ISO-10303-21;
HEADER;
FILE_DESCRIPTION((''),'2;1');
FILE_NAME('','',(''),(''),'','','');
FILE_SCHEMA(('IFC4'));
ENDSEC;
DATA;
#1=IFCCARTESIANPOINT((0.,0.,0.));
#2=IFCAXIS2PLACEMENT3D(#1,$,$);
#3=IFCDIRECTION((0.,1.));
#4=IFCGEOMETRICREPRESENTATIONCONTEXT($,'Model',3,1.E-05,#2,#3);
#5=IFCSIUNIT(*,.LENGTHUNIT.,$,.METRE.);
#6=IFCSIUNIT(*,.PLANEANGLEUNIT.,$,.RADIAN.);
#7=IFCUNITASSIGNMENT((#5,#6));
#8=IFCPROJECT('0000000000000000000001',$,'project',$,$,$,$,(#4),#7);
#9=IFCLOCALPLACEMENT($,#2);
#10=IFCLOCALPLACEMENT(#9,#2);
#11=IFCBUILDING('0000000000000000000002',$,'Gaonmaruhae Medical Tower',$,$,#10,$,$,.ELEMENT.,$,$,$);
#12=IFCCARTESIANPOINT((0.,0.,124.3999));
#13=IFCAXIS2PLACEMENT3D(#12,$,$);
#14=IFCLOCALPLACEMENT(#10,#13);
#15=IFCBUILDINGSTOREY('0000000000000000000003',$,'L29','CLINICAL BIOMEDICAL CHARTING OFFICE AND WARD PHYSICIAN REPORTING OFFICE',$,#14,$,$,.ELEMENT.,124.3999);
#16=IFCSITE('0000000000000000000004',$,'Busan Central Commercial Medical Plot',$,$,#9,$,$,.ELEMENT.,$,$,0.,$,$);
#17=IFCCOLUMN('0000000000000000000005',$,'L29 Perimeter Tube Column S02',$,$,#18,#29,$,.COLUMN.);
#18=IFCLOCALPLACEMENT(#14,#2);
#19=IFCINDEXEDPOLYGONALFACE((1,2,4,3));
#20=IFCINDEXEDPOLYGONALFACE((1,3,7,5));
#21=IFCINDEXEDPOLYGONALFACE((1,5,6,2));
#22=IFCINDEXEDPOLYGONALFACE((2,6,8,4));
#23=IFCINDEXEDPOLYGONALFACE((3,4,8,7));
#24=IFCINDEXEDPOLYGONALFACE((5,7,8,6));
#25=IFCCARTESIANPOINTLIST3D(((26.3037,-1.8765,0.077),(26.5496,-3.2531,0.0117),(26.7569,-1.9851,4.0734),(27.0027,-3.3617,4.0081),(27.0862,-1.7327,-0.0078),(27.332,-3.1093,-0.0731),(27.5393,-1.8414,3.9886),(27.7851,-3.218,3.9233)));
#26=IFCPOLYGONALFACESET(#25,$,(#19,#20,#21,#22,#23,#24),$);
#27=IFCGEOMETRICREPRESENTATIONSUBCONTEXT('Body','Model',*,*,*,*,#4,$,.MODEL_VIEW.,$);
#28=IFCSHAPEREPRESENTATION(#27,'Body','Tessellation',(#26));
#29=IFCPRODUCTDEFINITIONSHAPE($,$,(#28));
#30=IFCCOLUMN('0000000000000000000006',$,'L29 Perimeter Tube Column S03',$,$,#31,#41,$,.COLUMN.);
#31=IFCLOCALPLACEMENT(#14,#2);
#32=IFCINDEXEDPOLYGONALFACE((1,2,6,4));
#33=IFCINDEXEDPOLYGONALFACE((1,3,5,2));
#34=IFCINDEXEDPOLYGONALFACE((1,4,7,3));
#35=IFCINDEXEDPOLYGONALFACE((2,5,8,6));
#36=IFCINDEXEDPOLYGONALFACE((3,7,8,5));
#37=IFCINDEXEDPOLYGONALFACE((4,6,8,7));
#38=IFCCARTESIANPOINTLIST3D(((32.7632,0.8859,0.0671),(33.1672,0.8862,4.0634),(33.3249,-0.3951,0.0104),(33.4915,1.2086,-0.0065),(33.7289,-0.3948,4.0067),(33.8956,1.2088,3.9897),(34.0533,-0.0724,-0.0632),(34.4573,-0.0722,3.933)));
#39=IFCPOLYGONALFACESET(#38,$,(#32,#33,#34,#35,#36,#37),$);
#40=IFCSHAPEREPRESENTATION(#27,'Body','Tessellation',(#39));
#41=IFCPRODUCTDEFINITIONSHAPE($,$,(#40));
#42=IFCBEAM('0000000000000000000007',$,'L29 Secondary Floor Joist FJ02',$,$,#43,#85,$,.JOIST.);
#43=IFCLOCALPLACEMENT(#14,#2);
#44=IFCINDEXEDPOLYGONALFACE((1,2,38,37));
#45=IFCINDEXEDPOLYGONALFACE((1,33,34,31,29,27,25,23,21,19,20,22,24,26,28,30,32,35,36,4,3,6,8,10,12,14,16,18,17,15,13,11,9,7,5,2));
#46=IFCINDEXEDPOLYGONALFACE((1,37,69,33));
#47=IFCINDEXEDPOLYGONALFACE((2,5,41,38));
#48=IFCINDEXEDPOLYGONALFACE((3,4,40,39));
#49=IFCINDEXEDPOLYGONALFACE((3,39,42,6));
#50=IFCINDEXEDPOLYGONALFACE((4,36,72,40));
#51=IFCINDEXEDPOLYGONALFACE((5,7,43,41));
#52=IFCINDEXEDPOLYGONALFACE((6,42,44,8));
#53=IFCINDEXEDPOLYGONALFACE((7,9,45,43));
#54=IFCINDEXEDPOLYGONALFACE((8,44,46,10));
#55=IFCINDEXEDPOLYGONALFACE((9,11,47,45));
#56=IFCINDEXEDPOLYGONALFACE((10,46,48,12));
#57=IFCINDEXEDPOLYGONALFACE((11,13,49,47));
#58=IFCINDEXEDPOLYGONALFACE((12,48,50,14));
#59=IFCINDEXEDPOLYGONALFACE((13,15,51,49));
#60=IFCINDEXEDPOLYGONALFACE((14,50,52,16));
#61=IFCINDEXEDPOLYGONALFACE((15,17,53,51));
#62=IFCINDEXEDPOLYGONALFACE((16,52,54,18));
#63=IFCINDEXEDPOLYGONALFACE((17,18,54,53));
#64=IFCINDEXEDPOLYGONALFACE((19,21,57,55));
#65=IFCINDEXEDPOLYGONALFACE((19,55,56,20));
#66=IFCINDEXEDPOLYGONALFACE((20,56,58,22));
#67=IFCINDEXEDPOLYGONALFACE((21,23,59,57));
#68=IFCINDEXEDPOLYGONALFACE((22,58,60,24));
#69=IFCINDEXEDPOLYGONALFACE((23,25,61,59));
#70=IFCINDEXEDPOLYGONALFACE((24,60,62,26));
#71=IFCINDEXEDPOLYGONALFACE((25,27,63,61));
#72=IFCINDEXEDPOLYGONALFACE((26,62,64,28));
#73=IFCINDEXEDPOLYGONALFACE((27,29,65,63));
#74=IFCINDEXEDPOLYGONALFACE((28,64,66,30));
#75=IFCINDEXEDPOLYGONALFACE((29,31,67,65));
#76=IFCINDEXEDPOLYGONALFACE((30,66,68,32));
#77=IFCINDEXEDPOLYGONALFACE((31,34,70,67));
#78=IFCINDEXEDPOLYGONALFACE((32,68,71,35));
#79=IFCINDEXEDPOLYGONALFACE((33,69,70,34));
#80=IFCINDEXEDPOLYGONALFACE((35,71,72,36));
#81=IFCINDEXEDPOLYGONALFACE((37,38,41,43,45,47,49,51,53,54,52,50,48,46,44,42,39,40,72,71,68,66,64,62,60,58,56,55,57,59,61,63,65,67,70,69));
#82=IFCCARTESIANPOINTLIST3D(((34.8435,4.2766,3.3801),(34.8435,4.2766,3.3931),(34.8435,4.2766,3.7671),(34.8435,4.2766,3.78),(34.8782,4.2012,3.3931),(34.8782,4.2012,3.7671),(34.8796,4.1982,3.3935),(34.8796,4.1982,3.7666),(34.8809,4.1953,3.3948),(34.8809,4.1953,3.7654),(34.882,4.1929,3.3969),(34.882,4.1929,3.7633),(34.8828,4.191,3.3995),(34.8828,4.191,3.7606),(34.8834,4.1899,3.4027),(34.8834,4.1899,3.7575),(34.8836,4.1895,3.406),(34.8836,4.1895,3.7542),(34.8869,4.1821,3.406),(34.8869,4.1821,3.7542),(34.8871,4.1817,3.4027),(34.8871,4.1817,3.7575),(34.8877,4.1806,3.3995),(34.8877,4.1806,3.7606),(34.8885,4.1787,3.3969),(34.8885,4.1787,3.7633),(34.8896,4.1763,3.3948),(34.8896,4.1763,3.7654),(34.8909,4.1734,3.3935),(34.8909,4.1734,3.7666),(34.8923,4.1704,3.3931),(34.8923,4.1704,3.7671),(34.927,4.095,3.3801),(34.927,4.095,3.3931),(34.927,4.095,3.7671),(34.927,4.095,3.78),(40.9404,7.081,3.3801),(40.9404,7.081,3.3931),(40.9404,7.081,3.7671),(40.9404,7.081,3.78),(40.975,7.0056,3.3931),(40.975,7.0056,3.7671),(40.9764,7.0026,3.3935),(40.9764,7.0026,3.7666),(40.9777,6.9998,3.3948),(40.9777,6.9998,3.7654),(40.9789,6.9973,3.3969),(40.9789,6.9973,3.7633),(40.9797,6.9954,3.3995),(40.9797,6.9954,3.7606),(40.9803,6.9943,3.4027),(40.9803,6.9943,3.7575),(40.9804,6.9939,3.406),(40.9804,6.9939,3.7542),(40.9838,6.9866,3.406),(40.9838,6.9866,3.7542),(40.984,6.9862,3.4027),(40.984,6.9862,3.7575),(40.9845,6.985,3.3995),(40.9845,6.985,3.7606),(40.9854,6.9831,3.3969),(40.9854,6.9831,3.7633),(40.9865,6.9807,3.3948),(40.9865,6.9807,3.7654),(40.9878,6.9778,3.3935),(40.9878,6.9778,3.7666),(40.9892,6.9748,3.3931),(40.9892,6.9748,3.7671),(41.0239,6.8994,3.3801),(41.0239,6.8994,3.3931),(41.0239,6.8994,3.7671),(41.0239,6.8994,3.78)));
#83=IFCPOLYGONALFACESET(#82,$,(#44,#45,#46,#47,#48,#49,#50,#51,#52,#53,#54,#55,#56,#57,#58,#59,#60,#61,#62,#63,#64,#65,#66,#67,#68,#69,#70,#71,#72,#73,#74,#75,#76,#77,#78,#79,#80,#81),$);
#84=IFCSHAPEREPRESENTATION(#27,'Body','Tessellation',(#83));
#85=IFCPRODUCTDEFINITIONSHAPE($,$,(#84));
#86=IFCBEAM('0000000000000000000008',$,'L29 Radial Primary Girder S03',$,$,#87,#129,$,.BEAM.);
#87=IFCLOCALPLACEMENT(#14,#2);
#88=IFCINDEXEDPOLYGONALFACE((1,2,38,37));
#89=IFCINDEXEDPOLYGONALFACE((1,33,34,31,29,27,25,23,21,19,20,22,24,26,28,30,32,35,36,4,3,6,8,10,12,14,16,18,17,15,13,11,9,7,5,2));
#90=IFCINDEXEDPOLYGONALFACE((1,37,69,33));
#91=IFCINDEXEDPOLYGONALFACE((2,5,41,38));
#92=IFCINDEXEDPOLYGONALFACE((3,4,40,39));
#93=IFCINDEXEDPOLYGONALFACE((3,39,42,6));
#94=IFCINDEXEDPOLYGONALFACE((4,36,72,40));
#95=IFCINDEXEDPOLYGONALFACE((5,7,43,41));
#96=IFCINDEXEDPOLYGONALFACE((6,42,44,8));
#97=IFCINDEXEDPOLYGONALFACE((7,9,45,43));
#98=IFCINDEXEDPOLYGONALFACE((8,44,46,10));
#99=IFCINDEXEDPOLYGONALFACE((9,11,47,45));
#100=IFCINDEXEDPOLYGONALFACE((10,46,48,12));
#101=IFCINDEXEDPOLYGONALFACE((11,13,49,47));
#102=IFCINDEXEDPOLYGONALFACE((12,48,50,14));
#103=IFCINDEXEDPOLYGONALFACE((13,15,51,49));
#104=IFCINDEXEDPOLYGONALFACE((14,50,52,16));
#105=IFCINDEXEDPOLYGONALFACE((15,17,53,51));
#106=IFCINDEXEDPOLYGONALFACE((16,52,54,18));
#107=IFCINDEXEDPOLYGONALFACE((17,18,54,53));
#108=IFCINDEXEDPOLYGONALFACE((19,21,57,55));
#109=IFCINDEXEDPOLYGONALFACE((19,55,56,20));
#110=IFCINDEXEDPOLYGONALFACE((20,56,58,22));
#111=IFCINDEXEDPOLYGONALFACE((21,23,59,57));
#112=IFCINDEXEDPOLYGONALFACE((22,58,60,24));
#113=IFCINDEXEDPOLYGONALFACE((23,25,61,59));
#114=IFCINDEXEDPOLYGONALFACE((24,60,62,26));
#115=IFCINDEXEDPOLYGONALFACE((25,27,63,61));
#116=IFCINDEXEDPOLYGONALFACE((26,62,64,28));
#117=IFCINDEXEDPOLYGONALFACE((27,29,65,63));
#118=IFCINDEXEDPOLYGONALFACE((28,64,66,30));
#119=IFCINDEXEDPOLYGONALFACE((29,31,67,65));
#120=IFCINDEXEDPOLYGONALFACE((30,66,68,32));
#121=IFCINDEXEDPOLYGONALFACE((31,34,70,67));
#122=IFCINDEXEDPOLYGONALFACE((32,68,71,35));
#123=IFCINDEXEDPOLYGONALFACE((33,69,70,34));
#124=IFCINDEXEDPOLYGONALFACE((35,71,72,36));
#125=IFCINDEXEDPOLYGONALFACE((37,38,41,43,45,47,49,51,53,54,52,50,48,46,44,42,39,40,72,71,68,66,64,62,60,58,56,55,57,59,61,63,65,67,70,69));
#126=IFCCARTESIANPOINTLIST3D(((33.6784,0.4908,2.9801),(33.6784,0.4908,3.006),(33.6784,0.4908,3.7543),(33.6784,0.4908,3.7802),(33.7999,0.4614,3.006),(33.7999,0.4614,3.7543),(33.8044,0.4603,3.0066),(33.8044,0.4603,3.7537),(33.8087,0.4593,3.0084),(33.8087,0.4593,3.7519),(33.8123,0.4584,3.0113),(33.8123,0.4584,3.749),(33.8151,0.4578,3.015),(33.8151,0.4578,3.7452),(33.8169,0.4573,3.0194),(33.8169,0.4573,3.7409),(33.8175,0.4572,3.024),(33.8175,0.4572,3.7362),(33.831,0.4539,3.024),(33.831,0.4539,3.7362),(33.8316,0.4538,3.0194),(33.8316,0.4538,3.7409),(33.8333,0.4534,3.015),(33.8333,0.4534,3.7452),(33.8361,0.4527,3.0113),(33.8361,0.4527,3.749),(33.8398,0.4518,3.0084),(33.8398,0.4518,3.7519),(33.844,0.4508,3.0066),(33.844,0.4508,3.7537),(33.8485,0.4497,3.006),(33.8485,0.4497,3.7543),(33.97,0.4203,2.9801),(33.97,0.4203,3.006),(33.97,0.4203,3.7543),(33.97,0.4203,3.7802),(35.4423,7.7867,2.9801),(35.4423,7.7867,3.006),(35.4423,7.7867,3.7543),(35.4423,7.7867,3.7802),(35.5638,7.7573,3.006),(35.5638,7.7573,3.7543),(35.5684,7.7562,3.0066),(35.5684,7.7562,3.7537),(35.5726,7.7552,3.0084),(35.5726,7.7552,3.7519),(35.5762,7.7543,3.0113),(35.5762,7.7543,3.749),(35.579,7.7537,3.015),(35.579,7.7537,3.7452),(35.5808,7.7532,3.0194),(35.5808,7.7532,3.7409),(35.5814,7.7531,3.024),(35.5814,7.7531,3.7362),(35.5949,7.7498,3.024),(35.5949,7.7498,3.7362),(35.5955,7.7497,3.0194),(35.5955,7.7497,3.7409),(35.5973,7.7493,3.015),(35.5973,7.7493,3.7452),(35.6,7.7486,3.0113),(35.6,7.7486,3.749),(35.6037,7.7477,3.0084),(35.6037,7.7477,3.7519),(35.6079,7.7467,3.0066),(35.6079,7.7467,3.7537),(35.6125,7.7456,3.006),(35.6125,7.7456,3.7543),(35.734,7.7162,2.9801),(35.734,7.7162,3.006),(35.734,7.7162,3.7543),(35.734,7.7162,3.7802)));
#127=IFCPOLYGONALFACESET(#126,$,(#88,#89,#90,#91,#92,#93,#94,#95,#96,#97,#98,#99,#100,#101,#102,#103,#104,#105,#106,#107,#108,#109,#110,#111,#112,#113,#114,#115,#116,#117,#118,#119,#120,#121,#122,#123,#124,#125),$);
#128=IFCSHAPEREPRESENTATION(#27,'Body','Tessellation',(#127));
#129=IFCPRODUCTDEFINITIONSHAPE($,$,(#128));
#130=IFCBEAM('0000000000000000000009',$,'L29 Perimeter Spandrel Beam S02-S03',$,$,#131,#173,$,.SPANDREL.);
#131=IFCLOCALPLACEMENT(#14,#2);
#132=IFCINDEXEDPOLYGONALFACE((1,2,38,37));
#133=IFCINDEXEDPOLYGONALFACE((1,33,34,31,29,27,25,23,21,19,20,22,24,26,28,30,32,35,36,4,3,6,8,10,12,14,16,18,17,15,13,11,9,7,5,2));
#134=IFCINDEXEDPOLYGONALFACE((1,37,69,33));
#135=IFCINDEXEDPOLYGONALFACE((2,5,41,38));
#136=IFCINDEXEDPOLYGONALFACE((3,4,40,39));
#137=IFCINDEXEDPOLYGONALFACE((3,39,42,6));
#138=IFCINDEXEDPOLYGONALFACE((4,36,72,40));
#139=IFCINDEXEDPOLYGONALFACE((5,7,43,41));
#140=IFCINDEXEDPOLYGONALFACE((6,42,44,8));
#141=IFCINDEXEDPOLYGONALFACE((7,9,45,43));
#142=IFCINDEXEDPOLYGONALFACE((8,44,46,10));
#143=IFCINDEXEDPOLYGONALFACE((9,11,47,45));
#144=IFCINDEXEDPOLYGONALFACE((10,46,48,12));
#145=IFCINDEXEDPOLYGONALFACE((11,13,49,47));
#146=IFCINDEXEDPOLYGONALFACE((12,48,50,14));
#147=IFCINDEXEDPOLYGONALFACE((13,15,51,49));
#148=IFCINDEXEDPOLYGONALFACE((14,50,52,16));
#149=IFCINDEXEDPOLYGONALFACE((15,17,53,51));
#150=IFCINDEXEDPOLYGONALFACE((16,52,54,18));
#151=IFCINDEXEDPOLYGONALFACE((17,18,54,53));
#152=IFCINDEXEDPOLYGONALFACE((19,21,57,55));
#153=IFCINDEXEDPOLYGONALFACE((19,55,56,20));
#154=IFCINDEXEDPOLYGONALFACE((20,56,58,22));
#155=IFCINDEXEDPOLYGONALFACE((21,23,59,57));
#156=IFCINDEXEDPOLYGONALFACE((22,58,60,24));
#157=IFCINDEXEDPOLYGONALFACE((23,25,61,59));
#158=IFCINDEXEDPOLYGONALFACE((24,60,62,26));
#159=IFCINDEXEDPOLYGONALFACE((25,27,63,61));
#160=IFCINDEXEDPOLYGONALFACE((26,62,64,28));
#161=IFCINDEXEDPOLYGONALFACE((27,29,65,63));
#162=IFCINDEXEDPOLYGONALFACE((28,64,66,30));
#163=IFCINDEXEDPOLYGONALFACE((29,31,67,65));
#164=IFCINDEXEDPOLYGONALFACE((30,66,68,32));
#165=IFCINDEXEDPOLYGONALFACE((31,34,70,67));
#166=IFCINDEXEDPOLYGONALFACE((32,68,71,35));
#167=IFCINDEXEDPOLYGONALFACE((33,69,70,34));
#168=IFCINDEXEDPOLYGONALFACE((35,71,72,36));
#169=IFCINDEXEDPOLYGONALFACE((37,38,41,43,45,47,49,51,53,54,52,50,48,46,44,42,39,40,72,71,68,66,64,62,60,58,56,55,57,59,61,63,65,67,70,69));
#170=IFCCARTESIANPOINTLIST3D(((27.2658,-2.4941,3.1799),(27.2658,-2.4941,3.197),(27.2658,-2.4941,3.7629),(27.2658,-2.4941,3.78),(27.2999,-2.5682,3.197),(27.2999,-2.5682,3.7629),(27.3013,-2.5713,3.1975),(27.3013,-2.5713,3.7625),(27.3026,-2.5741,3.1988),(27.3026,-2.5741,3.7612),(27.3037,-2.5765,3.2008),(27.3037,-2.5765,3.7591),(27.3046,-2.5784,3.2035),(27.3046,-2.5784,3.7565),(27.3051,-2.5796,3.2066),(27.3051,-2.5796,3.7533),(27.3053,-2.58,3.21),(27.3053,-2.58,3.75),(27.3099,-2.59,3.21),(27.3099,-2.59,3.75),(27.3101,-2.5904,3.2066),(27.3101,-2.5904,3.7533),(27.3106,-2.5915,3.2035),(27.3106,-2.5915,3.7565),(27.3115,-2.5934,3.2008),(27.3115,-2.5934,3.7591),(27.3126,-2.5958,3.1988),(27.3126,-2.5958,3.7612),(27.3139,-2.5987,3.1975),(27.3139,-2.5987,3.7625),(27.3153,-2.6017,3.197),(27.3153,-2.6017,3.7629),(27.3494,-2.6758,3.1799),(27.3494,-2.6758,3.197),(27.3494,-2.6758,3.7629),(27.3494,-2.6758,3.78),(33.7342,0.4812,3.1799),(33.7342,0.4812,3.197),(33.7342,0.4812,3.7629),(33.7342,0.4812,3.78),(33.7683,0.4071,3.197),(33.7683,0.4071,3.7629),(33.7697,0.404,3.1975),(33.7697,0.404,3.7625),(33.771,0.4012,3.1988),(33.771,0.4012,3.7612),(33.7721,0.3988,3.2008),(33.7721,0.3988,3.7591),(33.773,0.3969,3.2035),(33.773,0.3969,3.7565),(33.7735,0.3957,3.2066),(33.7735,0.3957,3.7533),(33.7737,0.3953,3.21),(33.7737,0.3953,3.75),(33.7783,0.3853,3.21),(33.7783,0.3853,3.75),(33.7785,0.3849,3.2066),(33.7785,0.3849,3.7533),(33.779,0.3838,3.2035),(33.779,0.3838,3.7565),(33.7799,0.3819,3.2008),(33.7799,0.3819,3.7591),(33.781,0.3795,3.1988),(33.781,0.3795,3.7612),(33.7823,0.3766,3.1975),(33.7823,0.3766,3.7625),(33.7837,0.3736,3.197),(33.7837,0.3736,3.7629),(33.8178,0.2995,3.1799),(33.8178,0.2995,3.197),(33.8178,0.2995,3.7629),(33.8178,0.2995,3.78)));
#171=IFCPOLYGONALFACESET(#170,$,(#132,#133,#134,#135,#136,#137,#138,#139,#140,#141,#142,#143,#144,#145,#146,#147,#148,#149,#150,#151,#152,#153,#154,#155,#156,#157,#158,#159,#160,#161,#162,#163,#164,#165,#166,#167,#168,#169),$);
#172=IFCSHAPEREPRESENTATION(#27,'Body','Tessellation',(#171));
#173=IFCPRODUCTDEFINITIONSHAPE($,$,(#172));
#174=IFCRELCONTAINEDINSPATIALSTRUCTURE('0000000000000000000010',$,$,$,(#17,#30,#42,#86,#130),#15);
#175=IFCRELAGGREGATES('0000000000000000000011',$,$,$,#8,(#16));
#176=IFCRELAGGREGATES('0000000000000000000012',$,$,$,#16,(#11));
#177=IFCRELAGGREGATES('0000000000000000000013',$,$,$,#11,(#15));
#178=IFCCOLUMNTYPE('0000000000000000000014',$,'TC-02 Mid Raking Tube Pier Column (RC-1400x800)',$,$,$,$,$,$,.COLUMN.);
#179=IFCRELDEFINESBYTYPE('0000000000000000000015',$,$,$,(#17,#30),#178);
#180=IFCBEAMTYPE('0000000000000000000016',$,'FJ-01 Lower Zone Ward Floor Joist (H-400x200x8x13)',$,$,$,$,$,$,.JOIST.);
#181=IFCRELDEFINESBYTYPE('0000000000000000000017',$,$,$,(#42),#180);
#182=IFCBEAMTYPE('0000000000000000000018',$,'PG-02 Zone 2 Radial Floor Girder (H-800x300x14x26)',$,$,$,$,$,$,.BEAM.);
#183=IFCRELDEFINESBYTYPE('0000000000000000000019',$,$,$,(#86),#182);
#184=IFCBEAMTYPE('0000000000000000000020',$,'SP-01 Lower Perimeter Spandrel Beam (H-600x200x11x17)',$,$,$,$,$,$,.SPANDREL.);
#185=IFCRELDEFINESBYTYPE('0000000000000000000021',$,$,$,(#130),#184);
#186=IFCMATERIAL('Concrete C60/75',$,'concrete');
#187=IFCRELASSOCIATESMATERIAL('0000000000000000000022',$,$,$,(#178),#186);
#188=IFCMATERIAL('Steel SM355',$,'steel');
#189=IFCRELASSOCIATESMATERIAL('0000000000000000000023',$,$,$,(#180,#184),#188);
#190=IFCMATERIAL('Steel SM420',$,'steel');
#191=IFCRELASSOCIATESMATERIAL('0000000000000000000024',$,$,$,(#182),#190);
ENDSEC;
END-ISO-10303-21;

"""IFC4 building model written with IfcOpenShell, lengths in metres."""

from ifc_helpers import new_model, si_unit, direction, frame, origin, origin_2d, place, context, subcontext, project, spatial, rectangle, i_section, extrude, material, material_profile, profile_set, type_object, element, save


model = new_model("IFC4")

# Units and contexts
model_context = context("Model", 3, precision=1e-05, world=origin(), true_north=direction((0.0, 1.0)))
body_context = subcontext(model_context, "Body", "Model", "MODEL_VIEW")
ifc_project = project(units=[si_unit("LENGTHUNIT", "METRE"), si_unit("PLANEANGLEUNIT", "RADIAN")], contexts=[model_context])

# Site, building, storey
site_placement = place(None, origin())
site = spatial("IfcSite", under=ifc_project, at=site_placement, Name="Busan Central Commercial Medical Plot", CompositionType="ELEMENT", RefElevation=0.0)
building_placement = place(site_placement, origin())
building = spatial("IfcBuilding", under=site, at=building_placement, Name="Gaonmaruhae Medical Tower", CompositionType="ELEMENT")
storey_placement = place(building_placement, frame((0.0, 0.0, 124.3999)))
storey = spatial("IfcBuildingStorey", under=building, at=storey_placement, Name="L29", Description="CLINICAL BIOMEDICAL CHARTING OFFICE AND WARD PHYSICIAN REPORTING OFFICE", CompositionType="ELEMENT", Elevation=124.3999)

# Columns
ifc_material_1 = material(Name="Concrete C60/75", Category="concrete")
ifc_material_profile_1 = material_profile(ifc_material_1, rectangle(XDim=1.3999, YDim=0.8, at=origin_2d()), Name="RC-1400x800")
ifc_profile_set_1 = profile_set([ifc_material_profile_1], Name="Concrete C60/75")
column_type = type_object("IfcColumnType", Name="TC-02 Mid Raking Tube Pier Column (RC-1400x800)", PredefinedType="COLUMN", material=ifc_profile_set_1)
column_1_placement = place(storey_placement, frame((26.8179, -2.4929, 0.002), z_axis=(0.112622, -0.027003, 0.993271), x_axis=(-0.175602, 0.983356, 0.046644)))
element("IfcColumn", 1, at=column_1_placement, inside=storey, type_object=column_type, Name="L29 Perimeter Tube Column S02", PredefinedType="COLUMN", context=body_context, shape_type="SweptSolid", body=[
    extrude(rectangle(XDim=1.3999, YDim=0.8, at=origin_2d()), origin(), (0.0, 0.0, 1.0), 4.0234),
])
column_2_placement = place(storey_placement, frame((33.4082, 0.4067, 0.002), z_axis=(0.100593, 0.000061, 0.994928), x_axis=(-0.401257, 0.915069, 0.040513)))
element("IfcColumn", 2, at=column_2_placement, inside=storey, type_object=column_type, Name="L29 Perimeter Tube Column S03", PredefinedType="COLUMN", context=body_context, shape_type="SweptSolid", body=[
    extrude(rectangle(XDim=1.3999, YDim=0.8, at=origin_2d()), origin(), (0.0, 0.0, 1.0), 4.0166),
])

# Beams
ifc_material_2 = material(Name="Steel SM355", Category="steel")
ifc_material_profile_2 = material_profile(ifc_material_2, i_section(OverallWidth=0.2, OverallDepth=0.3999, WebThickness=0.0081, FlangeThickness=0.0129, FilletRadius=0.0129, at=origin_2d()), Name="H-400x200x8x13")
ifc_profile_set_2 = profile_set([ifc_material_profile_2], Name="Steel SM355")
beam_type_1 = type_object("IfcBeamType", Name="FJ-01 Lower Zone Ward Floor Joist (H-400x200x8x13)", PredefinedType="JOIST", material=ifc_profile_set_2)
beam_1_placement = place(storey_placement, frame((34.8853, 4.1858, 3.5801), z_axis=(0.908498, 0.417888, 0.0), x_axis=(-0.417888, 0.908498, 0.0)))
element("IfcBeam", 3, at=beam_1_placement, inside=storey, type_object=beam_type_1, Name="L29 Secondary Floor Joist FJ02", PredefinedType="JOIST", context=body_context, shape_type="SweptSolid", body=[
    extrude(i_section(OverallWidth=0.2, OverallDepth=0.3999, WebThickness=0.0081, FlangeThickness=0.0129, FilletRadius=0.0129, at=origin_2d()), origin(), (0.0, 0.0, 1.0), 6.7109),
])
ifc_material_3 = material(Name="Steel SM420", Category="steel")
ifc_material_profile_3 = material_profile(ifc_material_3, i_section(OverallWidth=0.3, OverallDepth=0.8, WebThickness=0.0139, FlangeThickness=0.0259, FilletRadius=0.0181, at=origin_2d()), Name="H-800x300x14x26")
ifc_profile_set_3 = profile_set([ifc_material_profile_3], Name="Steel SM420")
beam_type_2 = type_object("IfcBeamType", Name="PG-02 Zone 2 Radial Floor Girder (H-800x300x14x26)", PredefinedType="BEAM", material=ifc_profile_set_3)
beam_2_placement = place(storey_placement, frame((35.5881, 7.7515, 3.3801), z_axis=(-0.234998, -0.971996, 0.0), x_axis=(0.971996, -0.234998, 0.0)))
element("IfcBeam", 4, at=beam_2_placement, inside=storey, type_object=beam_type_2, Name="L29 Radial Primary Girder S03", PredefinedType="BEAM", context=body_context, shape_type="SweptSolid", body=[
    extrude(i_section(OverallWidth=0.3, OverallDepth=0.8, WebThickness=0.0139, FlangeThickness=0.0259, FilletRadius=0.0181, at=origin_2d()), origin(), (0.0, 0.0, 1.0), 7.5061),
])
ifc_material_profile_4 = material_profile(ifc_material_2, i_section(OverallWidth=0.2, OverallDepth=0.6001, WebThickness=0.011, FlangeThickness=0.0171, FilletRadius=0.0129, at=origin_2d()), Name="H-600x200x11x17")
ifc_profile_set_4 = profile_set([ifc_material_profile_4], Name="Steel SM355")
beam_type_3 = type_object("IfcBeamType", Name="SP-01 Lower Perimeter Spandrel Beam (H-600x200x11x17)", PredefinedType="SPANDREL", material=ifc_profile_set_4)
for number, where, z_axis, x_axis, name in (
    (5, (27.3076, -2.585, 3.48), (0.9085, 0.417886, 0.0), (-0.417886, 0.9085, 0.0), "L29 Perimeter Spandrel Beam S02-S03"),
):
    element("IfcBeam", number, at=place(storey_placement, frame(where, z_axis=z_axis, x_axis=x_axis)), inside=storey, type_object=beam_type_3, Name=name, PredefinedType="SPANDREL", context=body_context, shape_type="SweptSolid", body=[
        extrude(i_section(OverallWidth=0.2, OverallDepth=0.6001, WebThickness=0.011, FlangeThickness=0.0171, FilletRadius=0.0129, at=origin_2d()), origin(), (0.0, 0.0, 1.0), 7.1199),
    ])

save(model, "model.ifc")
